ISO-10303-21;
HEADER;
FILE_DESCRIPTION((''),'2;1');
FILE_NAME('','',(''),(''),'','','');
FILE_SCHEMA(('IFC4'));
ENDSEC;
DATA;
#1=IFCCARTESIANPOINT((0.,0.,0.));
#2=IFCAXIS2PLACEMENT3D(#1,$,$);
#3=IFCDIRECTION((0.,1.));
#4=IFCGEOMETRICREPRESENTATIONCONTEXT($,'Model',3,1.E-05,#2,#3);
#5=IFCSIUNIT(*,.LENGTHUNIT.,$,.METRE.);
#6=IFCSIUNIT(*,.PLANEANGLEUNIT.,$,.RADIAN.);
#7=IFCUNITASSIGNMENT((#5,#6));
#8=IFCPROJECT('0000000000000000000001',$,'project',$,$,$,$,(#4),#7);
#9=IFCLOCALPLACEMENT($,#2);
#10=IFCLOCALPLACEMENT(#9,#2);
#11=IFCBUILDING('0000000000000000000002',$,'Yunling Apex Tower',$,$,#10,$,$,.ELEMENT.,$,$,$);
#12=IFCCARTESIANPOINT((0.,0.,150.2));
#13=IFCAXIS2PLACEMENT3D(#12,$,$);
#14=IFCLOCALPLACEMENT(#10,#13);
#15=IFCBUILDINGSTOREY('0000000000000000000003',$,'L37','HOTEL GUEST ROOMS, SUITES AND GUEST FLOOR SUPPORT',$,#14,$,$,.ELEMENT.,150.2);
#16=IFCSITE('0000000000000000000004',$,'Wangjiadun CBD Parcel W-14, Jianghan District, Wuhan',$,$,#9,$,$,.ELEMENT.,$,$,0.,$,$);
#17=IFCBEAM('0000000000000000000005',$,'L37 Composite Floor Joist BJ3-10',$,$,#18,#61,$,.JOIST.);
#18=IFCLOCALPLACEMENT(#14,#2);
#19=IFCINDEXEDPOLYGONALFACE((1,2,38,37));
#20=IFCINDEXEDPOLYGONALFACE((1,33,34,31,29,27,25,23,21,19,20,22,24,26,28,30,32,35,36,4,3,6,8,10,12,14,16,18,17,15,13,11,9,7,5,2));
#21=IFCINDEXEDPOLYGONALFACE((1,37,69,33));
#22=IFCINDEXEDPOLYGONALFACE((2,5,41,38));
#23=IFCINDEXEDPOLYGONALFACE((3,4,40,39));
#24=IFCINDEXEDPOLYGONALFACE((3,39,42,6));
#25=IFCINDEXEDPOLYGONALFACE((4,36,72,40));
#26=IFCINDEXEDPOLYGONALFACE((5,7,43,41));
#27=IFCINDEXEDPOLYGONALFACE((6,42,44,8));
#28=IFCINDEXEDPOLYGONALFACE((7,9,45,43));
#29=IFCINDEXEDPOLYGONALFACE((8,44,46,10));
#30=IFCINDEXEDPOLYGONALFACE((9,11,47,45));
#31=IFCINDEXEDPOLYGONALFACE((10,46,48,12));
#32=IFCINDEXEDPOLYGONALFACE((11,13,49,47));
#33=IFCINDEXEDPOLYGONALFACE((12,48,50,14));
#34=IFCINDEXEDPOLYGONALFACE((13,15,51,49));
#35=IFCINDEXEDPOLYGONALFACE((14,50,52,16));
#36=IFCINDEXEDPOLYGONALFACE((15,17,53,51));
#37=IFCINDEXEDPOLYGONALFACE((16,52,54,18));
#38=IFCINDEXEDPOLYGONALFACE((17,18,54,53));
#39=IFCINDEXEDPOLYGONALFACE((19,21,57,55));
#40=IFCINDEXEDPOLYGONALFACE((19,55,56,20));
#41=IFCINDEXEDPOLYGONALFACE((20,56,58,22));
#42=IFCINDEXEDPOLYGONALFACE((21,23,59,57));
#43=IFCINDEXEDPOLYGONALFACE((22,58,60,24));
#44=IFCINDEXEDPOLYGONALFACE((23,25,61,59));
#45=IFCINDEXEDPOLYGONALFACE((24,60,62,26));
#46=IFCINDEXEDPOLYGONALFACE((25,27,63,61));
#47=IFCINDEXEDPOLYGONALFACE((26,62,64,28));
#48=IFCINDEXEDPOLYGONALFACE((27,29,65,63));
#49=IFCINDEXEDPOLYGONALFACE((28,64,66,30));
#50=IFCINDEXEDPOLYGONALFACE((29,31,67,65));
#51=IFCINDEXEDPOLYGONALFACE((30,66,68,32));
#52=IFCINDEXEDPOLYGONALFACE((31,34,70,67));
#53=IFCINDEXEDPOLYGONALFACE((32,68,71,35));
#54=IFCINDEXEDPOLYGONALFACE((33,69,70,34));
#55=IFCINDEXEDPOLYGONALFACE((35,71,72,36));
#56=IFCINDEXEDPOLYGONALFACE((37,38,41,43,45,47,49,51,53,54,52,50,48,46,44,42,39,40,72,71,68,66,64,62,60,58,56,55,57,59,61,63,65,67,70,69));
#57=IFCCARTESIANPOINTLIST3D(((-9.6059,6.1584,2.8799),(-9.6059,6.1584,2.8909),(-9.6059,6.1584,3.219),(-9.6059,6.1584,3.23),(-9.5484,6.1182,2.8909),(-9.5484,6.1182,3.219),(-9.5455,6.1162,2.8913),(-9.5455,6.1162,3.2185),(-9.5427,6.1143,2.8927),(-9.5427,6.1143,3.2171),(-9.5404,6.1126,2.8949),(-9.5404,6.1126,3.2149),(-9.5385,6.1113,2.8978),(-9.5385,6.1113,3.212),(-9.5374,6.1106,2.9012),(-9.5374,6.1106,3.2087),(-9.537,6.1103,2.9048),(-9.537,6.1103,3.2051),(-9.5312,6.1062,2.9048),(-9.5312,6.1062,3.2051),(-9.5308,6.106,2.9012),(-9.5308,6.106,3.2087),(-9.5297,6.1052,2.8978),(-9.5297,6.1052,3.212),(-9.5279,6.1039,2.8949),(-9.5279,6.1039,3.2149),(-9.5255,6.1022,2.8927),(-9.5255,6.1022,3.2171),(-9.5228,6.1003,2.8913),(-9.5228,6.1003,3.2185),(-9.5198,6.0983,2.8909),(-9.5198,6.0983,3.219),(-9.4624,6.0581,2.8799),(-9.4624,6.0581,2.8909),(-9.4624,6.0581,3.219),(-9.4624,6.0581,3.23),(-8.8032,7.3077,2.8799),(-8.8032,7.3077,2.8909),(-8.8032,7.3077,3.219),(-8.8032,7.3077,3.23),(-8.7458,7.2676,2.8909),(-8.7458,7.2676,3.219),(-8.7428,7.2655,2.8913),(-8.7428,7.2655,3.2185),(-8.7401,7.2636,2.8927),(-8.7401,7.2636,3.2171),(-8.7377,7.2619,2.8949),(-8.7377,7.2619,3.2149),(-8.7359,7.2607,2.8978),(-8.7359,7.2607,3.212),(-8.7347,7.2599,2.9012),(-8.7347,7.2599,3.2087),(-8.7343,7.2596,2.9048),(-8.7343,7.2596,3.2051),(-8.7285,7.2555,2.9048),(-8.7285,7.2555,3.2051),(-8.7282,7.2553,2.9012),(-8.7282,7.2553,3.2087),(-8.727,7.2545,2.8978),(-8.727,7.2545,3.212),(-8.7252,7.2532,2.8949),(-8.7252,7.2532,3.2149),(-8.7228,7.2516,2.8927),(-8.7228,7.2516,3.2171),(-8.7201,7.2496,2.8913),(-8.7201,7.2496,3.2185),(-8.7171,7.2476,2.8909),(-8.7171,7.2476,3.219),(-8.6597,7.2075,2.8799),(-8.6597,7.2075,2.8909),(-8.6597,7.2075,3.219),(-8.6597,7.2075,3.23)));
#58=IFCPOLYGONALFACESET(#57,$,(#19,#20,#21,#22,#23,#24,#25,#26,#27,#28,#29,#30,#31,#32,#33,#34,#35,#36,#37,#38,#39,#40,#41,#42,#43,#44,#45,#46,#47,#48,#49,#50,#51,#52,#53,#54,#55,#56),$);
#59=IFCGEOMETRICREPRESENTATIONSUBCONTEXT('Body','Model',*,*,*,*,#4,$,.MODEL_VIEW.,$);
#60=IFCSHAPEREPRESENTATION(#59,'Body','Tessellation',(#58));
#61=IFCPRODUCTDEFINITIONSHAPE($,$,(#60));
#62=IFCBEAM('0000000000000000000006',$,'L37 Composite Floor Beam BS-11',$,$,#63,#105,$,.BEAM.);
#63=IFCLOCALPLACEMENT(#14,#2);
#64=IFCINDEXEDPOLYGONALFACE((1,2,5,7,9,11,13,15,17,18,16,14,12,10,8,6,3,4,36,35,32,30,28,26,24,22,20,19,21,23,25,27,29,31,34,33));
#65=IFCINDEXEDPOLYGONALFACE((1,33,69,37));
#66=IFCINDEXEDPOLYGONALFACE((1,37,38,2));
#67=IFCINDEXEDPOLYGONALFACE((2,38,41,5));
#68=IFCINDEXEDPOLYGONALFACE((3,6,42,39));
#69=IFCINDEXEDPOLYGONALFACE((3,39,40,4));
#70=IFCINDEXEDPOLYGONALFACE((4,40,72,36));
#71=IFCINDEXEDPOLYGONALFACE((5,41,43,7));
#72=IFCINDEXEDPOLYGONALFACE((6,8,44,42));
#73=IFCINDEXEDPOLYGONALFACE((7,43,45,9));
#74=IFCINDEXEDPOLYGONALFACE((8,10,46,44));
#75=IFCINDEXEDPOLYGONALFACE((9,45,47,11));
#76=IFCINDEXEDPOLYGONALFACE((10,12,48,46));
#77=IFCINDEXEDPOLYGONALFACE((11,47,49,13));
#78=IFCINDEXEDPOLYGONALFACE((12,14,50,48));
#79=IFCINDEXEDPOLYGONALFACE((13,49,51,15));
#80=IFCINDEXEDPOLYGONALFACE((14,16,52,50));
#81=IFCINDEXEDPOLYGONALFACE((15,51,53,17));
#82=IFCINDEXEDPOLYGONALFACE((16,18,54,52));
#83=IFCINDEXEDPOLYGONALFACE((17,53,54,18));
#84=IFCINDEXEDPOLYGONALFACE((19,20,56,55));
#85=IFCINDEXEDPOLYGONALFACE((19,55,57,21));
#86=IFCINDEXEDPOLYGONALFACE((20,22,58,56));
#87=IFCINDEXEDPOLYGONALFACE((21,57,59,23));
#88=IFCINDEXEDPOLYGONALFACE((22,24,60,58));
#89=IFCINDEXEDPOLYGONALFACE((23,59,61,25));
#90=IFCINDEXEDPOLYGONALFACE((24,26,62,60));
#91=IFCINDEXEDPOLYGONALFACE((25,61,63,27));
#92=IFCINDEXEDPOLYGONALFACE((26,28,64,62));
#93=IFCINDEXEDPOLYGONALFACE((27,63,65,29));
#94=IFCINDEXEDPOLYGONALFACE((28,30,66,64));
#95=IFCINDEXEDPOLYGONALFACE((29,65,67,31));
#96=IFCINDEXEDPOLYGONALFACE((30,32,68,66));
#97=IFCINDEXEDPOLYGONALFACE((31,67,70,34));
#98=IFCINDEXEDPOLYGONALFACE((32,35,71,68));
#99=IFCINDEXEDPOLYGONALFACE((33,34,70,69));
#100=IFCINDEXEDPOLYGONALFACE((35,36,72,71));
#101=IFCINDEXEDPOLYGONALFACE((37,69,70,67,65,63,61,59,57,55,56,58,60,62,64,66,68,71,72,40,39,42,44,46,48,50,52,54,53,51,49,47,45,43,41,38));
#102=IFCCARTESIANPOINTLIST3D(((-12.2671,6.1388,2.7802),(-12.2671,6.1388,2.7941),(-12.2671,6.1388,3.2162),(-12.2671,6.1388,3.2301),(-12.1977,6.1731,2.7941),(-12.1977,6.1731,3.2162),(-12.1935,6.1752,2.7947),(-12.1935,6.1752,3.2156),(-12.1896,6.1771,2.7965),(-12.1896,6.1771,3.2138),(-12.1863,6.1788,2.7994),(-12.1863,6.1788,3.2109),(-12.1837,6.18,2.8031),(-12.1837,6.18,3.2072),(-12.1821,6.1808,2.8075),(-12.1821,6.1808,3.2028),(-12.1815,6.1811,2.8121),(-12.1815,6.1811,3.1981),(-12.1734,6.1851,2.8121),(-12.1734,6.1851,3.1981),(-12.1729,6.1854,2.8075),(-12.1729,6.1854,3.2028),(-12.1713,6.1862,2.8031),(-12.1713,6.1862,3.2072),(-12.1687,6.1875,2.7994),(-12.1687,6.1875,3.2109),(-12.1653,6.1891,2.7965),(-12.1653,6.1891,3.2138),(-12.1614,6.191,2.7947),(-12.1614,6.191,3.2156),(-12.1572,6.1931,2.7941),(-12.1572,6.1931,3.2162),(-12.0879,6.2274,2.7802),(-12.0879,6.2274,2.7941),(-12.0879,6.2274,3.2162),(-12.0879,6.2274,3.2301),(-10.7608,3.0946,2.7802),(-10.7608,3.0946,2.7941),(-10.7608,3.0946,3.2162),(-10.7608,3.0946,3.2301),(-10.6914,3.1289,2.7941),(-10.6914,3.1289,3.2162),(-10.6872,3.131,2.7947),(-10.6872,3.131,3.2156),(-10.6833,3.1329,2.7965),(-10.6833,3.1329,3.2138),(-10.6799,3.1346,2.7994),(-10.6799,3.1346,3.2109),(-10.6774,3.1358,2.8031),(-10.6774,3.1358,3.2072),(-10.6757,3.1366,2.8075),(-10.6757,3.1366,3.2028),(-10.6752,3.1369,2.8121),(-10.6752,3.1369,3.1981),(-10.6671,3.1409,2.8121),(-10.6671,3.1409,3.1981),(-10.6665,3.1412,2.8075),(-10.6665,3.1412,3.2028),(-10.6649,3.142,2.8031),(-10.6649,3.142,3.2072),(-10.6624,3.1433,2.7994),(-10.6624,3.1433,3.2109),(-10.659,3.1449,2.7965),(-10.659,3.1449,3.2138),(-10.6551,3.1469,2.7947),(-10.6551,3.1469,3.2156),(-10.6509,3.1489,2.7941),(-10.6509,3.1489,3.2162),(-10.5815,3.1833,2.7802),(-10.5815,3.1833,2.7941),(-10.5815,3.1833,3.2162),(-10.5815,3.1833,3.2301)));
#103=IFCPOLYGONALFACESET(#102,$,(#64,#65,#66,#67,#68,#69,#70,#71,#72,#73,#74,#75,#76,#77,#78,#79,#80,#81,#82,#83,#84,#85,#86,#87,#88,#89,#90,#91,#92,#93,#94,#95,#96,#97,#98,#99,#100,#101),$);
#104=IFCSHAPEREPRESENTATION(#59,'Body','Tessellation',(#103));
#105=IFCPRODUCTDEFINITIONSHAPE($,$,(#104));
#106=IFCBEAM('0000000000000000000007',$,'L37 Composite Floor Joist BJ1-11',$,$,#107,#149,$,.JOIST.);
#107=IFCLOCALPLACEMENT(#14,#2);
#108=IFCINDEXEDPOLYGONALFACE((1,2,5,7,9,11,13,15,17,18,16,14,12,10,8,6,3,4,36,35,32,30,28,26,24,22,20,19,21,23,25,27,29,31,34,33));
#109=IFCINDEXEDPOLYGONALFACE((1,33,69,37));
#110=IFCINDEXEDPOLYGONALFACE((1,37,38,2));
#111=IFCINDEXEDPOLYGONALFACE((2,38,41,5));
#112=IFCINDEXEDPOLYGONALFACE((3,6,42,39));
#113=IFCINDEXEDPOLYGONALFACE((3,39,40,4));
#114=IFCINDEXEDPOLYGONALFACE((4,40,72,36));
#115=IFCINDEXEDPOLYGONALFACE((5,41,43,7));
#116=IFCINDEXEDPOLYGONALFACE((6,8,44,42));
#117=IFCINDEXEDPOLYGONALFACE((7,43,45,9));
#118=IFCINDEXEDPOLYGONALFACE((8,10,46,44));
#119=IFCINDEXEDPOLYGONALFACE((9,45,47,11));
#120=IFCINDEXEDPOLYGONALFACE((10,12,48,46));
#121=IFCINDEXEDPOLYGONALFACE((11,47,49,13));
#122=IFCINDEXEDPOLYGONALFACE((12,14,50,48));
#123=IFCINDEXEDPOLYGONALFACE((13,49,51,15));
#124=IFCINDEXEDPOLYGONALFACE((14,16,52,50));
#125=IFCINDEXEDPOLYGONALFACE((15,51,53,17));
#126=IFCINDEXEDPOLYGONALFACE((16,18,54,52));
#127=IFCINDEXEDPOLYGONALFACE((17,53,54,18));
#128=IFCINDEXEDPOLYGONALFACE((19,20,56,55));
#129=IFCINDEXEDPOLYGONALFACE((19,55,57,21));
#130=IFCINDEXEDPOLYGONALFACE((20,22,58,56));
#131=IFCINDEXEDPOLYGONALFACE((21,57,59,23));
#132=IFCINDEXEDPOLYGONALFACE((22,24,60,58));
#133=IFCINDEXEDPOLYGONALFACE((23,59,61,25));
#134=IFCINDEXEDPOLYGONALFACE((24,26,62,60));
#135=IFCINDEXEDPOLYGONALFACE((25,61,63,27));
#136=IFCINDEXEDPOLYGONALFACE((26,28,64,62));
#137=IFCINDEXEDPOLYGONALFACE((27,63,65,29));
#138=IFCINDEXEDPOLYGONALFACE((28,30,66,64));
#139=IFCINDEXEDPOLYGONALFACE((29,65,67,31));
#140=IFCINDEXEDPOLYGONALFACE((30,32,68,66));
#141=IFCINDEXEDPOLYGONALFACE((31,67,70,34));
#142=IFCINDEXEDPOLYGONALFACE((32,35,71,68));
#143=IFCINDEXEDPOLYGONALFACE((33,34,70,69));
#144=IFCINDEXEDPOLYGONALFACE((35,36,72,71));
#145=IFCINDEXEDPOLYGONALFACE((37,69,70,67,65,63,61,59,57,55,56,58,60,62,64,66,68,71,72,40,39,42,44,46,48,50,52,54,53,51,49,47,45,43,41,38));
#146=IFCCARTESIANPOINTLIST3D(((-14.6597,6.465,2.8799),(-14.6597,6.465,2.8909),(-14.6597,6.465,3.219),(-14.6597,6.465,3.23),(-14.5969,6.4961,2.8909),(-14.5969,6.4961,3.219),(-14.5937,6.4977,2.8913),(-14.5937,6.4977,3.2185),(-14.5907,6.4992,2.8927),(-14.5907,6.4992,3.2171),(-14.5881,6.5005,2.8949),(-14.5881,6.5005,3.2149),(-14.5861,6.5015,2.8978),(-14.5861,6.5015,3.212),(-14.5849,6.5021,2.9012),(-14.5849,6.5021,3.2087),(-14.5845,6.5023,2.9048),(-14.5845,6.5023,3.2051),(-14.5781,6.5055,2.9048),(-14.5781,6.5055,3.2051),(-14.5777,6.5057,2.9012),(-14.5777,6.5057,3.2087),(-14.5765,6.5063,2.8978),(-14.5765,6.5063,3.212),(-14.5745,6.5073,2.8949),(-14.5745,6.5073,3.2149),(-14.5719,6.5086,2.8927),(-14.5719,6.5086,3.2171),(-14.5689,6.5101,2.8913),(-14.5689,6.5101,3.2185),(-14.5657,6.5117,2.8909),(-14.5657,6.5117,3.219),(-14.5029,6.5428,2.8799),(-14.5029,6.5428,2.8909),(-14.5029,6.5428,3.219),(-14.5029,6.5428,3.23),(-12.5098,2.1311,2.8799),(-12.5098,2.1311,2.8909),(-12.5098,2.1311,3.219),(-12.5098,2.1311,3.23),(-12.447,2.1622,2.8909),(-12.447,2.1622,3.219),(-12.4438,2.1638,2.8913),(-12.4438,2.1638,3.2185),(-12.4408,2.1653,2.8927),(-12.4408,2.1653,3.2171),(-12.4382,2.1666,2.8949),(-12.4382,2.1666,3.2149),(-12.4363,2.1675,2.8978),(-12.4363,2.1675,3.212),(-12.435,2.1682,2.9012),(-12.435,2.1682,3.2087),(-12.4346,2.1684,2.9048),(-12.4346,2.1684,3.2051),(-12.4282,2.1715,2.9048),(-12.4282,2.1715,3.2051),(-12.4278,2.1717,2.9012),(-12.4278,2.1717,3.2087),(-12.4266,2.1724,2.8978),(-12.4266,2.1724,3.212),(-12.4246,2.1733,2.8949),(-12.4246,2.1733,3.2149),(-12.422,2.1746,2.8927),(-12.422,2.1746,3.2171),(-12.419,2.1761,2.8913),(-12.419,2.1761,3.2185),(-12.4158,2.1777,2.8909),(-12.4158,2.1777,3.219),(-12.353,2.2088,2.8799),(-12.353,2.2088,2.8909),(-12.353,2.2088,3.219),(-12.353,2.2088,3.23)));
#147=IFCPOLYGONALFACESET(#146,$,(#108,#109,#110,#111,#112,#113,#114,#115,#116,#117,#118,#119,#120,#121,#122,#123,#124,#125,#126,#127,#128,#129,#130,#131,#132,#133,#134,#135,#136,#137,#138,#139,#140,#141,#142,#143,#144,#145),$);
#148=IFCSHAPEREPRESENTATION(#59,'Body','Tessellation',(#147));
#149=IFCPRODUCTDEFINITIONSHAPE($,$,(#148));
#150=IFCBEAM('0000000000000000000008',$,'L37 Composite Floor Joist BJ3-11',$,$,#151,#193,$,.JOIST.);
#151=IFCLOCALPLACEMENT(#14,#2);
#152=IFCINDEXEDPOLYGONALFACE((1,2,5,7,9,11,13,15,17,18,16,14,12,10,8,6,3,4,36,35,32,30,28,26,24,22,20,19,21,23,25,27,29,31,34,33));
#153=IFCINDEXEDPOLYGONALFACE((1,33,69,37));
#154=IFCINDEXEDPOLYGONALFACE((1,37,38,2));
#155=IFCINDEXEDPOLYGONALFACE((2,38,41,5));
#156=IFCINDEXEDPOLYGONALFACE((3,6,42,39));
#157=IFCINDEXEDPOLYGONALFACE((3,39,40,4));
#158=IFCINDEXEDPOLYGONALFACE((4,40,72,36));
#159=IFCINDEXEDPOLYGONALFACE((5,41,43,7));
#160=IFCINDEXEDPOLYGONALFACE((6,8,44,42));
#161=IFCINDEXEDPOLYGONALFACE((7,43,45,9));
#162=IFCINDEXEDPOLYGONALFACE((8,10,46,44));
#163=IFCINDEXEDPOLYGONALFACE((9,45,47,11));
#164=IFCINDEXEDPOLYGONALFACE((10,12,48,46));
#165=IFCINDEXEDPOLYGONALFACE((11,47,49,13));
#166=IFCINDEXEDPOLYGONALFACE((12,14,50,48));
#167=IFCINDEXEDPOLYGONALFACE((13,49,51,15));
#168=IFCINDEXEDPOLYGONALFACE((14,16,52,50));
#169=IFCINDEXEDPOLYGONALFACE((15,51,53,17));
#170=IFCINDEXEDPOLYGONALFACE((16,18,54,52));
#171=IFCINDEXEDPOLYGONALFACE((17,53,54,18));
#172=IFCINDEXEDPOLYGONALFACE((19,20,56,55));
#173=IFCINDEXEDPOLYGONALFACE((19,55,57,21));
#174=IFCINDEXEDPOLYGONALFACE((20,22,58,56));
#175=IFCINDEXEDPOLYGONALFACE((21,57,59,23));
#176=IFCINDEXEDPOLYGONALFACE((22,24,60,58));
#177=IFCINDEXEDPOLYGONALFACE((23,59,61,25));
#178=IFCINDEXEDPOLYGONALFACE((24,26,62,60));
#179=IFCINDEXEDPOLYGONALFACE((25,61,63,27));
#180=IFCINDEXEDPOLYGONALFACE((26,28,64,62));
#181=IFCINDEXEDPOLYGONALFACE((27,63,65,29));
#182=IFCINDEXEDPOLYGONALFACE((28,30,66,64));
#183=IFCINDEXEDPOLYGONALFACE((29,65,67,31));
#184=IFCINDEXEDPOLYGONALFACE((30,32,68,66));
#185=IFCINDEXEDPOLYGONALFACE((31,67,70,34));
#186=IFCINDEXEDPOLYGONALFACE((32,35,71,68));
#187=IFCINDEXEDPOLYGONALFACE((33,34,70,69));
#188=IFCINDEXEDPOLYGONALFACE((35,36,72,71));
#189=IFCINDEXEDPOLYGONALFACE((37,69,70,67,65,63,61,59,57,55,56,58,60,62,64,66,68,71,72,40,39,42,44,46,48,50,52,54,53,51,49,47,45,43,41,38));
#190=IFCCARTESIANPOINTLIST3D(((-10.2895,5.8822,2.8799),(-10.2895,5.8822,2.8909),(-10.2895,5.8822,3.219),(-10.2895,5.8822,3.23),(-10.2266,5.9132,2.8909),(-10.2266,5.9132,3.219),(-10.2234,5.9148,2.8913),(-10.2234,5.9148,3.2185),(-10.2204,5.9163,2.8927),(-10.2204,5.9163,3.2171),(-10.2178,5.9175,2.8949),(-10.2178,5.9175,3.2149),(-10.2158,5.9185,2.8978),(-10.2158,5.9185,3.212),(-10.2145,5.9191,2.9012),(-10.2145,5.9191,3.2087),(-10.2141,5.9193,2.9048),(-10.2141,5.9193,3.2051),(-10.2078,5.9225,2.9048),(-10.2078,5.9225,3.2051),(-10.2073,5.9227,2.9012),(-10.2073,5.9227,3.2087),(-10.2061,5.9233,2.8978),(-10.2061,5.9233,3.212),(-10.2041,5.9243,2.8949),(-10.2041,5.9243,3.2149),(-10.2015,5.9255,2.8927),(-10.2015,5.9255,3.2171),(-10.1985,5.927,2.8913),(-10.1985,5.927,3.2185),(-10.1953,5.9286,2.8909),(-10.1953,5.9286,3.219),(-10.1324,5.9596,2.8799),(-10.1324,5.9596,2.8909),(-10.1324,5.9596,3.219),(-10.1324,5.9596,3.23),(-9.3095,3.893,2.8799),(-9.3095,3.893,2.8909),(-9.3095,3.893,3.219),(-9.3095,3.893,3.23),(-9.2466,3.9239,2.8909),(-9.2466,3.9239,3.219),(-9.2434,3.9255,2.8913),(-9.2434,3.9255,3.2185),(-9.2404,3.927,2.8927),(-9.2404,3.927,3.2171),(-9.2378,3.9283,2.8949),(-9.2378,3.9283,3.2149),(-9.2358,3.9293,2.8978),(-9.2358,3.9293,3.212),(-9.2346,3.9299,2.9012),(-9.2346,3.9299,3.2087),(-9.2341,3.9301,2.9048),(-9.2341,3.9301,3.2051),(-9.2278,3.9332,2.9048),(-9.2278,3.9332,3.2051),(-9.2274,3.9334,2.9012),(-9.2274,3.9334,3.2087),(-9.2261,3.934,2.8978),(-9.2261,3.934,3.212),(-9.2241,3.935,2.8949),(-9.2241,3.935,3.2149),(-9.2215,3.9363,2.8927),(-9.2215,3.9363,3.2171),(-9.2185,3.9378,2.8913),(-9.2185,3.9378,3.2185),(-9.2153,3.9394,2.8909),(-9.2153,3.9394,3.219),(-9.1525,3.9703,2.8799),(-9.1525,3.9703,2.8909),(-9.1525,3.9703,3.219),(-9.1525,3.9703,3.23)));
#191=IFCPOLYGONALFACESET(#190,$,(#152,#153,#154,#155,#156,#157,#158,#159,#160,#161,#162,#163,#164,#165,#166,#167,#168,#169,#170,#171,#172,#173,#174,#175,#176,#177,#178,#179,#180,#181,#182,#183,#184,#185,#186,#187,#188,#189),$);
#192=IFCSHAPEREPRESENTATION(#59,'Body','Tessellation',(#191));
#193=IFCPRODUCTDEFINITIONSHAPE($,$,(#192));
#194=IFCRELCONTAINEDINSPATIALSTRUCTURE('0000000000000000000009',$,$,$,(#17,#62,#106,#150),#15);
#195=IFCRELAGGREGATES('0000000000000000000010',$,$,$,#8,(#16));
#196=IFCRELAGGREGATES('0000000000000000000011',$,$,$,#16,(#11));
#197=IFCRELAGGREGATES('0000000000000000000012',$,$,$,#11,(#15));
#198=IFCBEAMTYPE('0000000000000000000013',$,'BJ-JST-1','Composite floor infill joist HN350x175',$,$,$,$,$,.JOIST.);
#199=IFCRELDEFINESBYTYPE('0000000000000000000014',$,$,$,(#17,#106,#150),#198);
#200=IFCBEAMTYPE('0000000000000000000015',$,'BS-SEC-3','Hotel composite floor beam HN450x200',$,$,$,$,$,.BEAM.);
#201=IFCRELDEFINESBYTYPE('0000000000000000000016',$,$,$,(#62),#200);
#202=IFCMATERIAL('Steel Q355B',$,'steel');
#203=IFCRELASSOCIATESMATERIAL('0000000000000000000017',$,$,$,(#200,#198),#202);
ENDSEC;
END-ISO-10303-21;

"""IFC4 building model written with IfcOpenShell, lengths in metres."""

from ifc_helpers import new_model, si_unit, direction, frame, origin, origin_2d, place, context, subcontext, project, spatial, i_section, extrude, source, transform, mapped, material, material_profile, profile_set, type_object, element, save


model = new_model("IFC4")

# Units and contexts
model_context = context("Model", 3, precision=1e-05, world=origin(), true_north=direction((0.0, 1.0)))
body_context = subcontext(model_context, "Body", "Model", "MODEL_VIEW")
ifc_project = project(units=[si_unit("LENGTHUNIT", "METRE"), si_unit("PLANEANGLEUNIT", "RADIAN")], contexts=[model_context])

# Site, building, storey
site_placement = place(None, origin())
site = spatial("IfcSite", under=ifc_project, at=site_placement, Name="Wangjiadun CBD Parcel W-14, Jianghan District, Wuhan", CompositionType="ELEMENT", RefElevation=0.0)
building_placement = place(site_placement, origin())
building = spatial("IfcBuilding", under=site, at=building_placement, Name="Yunling Apex Tower", CompositionType="ELEMENT")
storey_placement = place(building_placement, frame((0.0, 0.0, 150.2)))
storey = spatial("IfcBuildingStorey", under=building, at=storey_placement, Name="L37", Description="HOTEL GUEST ROOMS, SUITES AND GUEST FLOOR SUPPORT", CompositionType="ELEMENT", Elevation=150.2)

# Beams
ifc_material_1 = material(Name="Steel Q355B", Category="steel")
ifc_material_profile_1 = material_profile(ifc_material_1, i_section(OverallWidth=0.2, OverallDepth=0.45, WebThickness=0.009, FlangeThickness=0.0139, FilletRadius=0.0181, at=origin_2d()))
ifc_profile_set_1 = profile_set([ifc_material_profile_1], Name="Steel Q355B")
beam_type_1 = type_object("IfcBeamType", Name="BS-SEC-3", Description="Hotel composite floor beam HN450x200", PredefinedType="BEAM", material=ifc_profile_set_1)
ifc_material_profile_2 = material_profile(ifc_material_1, i_section(OverallWidth=0.175, OverallDepth=0.3501, WebThickness=0.0071, FlangeThickness=0.011, FilletRadius=0.0139, at=origin_2d()))
ifc_profile_set_2 = profile_set([ifc_material_profile_2], Name="Steel Q355B")
beam_type_2 = type_object("IfcBeamType", Name="BJ-JST-1", Description="Composite floor infill joist HN350x175", PredefinedType="JOIST", material=ifc_profile_set_2)
shared_shape_1 = source(origin(), body_context, "Body", "SweptSolid", [
    extrude(i_section(OverallWidth=0.175, OverallDepth=0.3501, WebThickness=0.0071, FlangeThickness=0.011, FilletRadius=0.0139, at=origin_2d()), origin(), (0.0, 0.0, 1.0), 1.4019),
])
beam_1_placement = place(storey_placement, frame((-8.7314, 7.2576, 3.0549), z_axis=(-0.572574, -0.819853, 0.0), x_axis=(0.819853, -0.572574, 0.0)))
element("IfcBeam", 1, at=beam_1_placement, inside=storey, type_object=beam_type_2, Name="L37 Composite Floor Joist BJ3-10", PredefinedType="JOIST", context=body_context, shape_type="MappedRepresentation", body=[
    mapped(shared_shape_1, transform((0.0, 0.0, 0.0), scale=1.0)),
])
shared_shape_2 = source(origin(), body_context, "Body", "SweptSolid", [
    extrude(i_section(OverallWidth=0.2, OverallDepth=0.45, WebThickness=0.009, FlangeThickness=0.0139, FilletRadius=0.0181, at=origin_2d()), origin(), (0.0, 0.0, 1.0), 3.3965),
])
beam_2_placement = place(storey_placement, frame((-12.1775, 6.1831, 3.0051), z_axis=(0.443501, -0.896274, 0.0), x_axis=(0.896274, 0.443501, 0.0)))
element("IfcBeam", 2, at=beam_2_placement, inside=storey, type_object=beam_type_1, Name="L37 Composite Floor Beam BS-11", PredefinedType="BEAM", context=body_context, shape_type="MappedRepresentation", body=[
    mapped(shared_shape_2, transform((0.0, 0.0, 0.0), scale=1.0)),
])
shared_shape_3 = source(origin(), body_context, "Body", "SweptSolid", [
    extrude(i_section(OverallWidth=0.175, OverallDepth=0.3501, WebThickness=0.0071, FlangeThickness=0.011, FilletRadius=0.0139, at=origin_2d()), origin(), (0.0, 0.0, 1.0), 4.8379),
])
beam_3_placement = place(storey_placement, frame((-14.5813, 6.5039, 3.0549), z_axis=(0.444385, -0.895836, 0.0), x_axis=(0.895836, 0.444385, 0.0)))
element("IfcBeam", 3, at=beam_3_placement, inside=storey, type_object=beam_type_2, Name="L37 Composite Floor Joist BJ1-11", PredefinedType="JOIST", context=body_context, shape_type="MappedRepresentation", body=[
    mapped(shared_shape_3, transform((0.0, 0.0, 0.0), scale=1.0)),
])
shared_shape_4 = source(origin(), body_context, "Body", "SweptSolid", [
    extrude(i_section(OverallWidth=0.175, OverallDepth=0.3501, WebThickness=0.0071, FlangeThickness=0.011, FilletRadius=0.0139, at=origin_2d()), origin(), (0.0, 0.0, 1.0), 2.2175),
])
beam_4_placement = place(storey_placement, frame((-10.2109, 5.9209, 3.0549), z_axis=(0.441921, -0.897054, 0.0), x_axis=(0.897054, 0.441921, 0.0)))
element("IfcBeam", 4, at=beam_4_placement, inside=storey, type_object=beam_type_2, Name="L37 Composite Floor Joist BJ3-11", PredefinedType="JOIST", context=body_context, shape_type="MappedRepresentation", body=[
    mapped(shared_shape_4, transform((0.0, 0.0, 0.0), scale=1.0)),
])

save(model, "model.ifc")
